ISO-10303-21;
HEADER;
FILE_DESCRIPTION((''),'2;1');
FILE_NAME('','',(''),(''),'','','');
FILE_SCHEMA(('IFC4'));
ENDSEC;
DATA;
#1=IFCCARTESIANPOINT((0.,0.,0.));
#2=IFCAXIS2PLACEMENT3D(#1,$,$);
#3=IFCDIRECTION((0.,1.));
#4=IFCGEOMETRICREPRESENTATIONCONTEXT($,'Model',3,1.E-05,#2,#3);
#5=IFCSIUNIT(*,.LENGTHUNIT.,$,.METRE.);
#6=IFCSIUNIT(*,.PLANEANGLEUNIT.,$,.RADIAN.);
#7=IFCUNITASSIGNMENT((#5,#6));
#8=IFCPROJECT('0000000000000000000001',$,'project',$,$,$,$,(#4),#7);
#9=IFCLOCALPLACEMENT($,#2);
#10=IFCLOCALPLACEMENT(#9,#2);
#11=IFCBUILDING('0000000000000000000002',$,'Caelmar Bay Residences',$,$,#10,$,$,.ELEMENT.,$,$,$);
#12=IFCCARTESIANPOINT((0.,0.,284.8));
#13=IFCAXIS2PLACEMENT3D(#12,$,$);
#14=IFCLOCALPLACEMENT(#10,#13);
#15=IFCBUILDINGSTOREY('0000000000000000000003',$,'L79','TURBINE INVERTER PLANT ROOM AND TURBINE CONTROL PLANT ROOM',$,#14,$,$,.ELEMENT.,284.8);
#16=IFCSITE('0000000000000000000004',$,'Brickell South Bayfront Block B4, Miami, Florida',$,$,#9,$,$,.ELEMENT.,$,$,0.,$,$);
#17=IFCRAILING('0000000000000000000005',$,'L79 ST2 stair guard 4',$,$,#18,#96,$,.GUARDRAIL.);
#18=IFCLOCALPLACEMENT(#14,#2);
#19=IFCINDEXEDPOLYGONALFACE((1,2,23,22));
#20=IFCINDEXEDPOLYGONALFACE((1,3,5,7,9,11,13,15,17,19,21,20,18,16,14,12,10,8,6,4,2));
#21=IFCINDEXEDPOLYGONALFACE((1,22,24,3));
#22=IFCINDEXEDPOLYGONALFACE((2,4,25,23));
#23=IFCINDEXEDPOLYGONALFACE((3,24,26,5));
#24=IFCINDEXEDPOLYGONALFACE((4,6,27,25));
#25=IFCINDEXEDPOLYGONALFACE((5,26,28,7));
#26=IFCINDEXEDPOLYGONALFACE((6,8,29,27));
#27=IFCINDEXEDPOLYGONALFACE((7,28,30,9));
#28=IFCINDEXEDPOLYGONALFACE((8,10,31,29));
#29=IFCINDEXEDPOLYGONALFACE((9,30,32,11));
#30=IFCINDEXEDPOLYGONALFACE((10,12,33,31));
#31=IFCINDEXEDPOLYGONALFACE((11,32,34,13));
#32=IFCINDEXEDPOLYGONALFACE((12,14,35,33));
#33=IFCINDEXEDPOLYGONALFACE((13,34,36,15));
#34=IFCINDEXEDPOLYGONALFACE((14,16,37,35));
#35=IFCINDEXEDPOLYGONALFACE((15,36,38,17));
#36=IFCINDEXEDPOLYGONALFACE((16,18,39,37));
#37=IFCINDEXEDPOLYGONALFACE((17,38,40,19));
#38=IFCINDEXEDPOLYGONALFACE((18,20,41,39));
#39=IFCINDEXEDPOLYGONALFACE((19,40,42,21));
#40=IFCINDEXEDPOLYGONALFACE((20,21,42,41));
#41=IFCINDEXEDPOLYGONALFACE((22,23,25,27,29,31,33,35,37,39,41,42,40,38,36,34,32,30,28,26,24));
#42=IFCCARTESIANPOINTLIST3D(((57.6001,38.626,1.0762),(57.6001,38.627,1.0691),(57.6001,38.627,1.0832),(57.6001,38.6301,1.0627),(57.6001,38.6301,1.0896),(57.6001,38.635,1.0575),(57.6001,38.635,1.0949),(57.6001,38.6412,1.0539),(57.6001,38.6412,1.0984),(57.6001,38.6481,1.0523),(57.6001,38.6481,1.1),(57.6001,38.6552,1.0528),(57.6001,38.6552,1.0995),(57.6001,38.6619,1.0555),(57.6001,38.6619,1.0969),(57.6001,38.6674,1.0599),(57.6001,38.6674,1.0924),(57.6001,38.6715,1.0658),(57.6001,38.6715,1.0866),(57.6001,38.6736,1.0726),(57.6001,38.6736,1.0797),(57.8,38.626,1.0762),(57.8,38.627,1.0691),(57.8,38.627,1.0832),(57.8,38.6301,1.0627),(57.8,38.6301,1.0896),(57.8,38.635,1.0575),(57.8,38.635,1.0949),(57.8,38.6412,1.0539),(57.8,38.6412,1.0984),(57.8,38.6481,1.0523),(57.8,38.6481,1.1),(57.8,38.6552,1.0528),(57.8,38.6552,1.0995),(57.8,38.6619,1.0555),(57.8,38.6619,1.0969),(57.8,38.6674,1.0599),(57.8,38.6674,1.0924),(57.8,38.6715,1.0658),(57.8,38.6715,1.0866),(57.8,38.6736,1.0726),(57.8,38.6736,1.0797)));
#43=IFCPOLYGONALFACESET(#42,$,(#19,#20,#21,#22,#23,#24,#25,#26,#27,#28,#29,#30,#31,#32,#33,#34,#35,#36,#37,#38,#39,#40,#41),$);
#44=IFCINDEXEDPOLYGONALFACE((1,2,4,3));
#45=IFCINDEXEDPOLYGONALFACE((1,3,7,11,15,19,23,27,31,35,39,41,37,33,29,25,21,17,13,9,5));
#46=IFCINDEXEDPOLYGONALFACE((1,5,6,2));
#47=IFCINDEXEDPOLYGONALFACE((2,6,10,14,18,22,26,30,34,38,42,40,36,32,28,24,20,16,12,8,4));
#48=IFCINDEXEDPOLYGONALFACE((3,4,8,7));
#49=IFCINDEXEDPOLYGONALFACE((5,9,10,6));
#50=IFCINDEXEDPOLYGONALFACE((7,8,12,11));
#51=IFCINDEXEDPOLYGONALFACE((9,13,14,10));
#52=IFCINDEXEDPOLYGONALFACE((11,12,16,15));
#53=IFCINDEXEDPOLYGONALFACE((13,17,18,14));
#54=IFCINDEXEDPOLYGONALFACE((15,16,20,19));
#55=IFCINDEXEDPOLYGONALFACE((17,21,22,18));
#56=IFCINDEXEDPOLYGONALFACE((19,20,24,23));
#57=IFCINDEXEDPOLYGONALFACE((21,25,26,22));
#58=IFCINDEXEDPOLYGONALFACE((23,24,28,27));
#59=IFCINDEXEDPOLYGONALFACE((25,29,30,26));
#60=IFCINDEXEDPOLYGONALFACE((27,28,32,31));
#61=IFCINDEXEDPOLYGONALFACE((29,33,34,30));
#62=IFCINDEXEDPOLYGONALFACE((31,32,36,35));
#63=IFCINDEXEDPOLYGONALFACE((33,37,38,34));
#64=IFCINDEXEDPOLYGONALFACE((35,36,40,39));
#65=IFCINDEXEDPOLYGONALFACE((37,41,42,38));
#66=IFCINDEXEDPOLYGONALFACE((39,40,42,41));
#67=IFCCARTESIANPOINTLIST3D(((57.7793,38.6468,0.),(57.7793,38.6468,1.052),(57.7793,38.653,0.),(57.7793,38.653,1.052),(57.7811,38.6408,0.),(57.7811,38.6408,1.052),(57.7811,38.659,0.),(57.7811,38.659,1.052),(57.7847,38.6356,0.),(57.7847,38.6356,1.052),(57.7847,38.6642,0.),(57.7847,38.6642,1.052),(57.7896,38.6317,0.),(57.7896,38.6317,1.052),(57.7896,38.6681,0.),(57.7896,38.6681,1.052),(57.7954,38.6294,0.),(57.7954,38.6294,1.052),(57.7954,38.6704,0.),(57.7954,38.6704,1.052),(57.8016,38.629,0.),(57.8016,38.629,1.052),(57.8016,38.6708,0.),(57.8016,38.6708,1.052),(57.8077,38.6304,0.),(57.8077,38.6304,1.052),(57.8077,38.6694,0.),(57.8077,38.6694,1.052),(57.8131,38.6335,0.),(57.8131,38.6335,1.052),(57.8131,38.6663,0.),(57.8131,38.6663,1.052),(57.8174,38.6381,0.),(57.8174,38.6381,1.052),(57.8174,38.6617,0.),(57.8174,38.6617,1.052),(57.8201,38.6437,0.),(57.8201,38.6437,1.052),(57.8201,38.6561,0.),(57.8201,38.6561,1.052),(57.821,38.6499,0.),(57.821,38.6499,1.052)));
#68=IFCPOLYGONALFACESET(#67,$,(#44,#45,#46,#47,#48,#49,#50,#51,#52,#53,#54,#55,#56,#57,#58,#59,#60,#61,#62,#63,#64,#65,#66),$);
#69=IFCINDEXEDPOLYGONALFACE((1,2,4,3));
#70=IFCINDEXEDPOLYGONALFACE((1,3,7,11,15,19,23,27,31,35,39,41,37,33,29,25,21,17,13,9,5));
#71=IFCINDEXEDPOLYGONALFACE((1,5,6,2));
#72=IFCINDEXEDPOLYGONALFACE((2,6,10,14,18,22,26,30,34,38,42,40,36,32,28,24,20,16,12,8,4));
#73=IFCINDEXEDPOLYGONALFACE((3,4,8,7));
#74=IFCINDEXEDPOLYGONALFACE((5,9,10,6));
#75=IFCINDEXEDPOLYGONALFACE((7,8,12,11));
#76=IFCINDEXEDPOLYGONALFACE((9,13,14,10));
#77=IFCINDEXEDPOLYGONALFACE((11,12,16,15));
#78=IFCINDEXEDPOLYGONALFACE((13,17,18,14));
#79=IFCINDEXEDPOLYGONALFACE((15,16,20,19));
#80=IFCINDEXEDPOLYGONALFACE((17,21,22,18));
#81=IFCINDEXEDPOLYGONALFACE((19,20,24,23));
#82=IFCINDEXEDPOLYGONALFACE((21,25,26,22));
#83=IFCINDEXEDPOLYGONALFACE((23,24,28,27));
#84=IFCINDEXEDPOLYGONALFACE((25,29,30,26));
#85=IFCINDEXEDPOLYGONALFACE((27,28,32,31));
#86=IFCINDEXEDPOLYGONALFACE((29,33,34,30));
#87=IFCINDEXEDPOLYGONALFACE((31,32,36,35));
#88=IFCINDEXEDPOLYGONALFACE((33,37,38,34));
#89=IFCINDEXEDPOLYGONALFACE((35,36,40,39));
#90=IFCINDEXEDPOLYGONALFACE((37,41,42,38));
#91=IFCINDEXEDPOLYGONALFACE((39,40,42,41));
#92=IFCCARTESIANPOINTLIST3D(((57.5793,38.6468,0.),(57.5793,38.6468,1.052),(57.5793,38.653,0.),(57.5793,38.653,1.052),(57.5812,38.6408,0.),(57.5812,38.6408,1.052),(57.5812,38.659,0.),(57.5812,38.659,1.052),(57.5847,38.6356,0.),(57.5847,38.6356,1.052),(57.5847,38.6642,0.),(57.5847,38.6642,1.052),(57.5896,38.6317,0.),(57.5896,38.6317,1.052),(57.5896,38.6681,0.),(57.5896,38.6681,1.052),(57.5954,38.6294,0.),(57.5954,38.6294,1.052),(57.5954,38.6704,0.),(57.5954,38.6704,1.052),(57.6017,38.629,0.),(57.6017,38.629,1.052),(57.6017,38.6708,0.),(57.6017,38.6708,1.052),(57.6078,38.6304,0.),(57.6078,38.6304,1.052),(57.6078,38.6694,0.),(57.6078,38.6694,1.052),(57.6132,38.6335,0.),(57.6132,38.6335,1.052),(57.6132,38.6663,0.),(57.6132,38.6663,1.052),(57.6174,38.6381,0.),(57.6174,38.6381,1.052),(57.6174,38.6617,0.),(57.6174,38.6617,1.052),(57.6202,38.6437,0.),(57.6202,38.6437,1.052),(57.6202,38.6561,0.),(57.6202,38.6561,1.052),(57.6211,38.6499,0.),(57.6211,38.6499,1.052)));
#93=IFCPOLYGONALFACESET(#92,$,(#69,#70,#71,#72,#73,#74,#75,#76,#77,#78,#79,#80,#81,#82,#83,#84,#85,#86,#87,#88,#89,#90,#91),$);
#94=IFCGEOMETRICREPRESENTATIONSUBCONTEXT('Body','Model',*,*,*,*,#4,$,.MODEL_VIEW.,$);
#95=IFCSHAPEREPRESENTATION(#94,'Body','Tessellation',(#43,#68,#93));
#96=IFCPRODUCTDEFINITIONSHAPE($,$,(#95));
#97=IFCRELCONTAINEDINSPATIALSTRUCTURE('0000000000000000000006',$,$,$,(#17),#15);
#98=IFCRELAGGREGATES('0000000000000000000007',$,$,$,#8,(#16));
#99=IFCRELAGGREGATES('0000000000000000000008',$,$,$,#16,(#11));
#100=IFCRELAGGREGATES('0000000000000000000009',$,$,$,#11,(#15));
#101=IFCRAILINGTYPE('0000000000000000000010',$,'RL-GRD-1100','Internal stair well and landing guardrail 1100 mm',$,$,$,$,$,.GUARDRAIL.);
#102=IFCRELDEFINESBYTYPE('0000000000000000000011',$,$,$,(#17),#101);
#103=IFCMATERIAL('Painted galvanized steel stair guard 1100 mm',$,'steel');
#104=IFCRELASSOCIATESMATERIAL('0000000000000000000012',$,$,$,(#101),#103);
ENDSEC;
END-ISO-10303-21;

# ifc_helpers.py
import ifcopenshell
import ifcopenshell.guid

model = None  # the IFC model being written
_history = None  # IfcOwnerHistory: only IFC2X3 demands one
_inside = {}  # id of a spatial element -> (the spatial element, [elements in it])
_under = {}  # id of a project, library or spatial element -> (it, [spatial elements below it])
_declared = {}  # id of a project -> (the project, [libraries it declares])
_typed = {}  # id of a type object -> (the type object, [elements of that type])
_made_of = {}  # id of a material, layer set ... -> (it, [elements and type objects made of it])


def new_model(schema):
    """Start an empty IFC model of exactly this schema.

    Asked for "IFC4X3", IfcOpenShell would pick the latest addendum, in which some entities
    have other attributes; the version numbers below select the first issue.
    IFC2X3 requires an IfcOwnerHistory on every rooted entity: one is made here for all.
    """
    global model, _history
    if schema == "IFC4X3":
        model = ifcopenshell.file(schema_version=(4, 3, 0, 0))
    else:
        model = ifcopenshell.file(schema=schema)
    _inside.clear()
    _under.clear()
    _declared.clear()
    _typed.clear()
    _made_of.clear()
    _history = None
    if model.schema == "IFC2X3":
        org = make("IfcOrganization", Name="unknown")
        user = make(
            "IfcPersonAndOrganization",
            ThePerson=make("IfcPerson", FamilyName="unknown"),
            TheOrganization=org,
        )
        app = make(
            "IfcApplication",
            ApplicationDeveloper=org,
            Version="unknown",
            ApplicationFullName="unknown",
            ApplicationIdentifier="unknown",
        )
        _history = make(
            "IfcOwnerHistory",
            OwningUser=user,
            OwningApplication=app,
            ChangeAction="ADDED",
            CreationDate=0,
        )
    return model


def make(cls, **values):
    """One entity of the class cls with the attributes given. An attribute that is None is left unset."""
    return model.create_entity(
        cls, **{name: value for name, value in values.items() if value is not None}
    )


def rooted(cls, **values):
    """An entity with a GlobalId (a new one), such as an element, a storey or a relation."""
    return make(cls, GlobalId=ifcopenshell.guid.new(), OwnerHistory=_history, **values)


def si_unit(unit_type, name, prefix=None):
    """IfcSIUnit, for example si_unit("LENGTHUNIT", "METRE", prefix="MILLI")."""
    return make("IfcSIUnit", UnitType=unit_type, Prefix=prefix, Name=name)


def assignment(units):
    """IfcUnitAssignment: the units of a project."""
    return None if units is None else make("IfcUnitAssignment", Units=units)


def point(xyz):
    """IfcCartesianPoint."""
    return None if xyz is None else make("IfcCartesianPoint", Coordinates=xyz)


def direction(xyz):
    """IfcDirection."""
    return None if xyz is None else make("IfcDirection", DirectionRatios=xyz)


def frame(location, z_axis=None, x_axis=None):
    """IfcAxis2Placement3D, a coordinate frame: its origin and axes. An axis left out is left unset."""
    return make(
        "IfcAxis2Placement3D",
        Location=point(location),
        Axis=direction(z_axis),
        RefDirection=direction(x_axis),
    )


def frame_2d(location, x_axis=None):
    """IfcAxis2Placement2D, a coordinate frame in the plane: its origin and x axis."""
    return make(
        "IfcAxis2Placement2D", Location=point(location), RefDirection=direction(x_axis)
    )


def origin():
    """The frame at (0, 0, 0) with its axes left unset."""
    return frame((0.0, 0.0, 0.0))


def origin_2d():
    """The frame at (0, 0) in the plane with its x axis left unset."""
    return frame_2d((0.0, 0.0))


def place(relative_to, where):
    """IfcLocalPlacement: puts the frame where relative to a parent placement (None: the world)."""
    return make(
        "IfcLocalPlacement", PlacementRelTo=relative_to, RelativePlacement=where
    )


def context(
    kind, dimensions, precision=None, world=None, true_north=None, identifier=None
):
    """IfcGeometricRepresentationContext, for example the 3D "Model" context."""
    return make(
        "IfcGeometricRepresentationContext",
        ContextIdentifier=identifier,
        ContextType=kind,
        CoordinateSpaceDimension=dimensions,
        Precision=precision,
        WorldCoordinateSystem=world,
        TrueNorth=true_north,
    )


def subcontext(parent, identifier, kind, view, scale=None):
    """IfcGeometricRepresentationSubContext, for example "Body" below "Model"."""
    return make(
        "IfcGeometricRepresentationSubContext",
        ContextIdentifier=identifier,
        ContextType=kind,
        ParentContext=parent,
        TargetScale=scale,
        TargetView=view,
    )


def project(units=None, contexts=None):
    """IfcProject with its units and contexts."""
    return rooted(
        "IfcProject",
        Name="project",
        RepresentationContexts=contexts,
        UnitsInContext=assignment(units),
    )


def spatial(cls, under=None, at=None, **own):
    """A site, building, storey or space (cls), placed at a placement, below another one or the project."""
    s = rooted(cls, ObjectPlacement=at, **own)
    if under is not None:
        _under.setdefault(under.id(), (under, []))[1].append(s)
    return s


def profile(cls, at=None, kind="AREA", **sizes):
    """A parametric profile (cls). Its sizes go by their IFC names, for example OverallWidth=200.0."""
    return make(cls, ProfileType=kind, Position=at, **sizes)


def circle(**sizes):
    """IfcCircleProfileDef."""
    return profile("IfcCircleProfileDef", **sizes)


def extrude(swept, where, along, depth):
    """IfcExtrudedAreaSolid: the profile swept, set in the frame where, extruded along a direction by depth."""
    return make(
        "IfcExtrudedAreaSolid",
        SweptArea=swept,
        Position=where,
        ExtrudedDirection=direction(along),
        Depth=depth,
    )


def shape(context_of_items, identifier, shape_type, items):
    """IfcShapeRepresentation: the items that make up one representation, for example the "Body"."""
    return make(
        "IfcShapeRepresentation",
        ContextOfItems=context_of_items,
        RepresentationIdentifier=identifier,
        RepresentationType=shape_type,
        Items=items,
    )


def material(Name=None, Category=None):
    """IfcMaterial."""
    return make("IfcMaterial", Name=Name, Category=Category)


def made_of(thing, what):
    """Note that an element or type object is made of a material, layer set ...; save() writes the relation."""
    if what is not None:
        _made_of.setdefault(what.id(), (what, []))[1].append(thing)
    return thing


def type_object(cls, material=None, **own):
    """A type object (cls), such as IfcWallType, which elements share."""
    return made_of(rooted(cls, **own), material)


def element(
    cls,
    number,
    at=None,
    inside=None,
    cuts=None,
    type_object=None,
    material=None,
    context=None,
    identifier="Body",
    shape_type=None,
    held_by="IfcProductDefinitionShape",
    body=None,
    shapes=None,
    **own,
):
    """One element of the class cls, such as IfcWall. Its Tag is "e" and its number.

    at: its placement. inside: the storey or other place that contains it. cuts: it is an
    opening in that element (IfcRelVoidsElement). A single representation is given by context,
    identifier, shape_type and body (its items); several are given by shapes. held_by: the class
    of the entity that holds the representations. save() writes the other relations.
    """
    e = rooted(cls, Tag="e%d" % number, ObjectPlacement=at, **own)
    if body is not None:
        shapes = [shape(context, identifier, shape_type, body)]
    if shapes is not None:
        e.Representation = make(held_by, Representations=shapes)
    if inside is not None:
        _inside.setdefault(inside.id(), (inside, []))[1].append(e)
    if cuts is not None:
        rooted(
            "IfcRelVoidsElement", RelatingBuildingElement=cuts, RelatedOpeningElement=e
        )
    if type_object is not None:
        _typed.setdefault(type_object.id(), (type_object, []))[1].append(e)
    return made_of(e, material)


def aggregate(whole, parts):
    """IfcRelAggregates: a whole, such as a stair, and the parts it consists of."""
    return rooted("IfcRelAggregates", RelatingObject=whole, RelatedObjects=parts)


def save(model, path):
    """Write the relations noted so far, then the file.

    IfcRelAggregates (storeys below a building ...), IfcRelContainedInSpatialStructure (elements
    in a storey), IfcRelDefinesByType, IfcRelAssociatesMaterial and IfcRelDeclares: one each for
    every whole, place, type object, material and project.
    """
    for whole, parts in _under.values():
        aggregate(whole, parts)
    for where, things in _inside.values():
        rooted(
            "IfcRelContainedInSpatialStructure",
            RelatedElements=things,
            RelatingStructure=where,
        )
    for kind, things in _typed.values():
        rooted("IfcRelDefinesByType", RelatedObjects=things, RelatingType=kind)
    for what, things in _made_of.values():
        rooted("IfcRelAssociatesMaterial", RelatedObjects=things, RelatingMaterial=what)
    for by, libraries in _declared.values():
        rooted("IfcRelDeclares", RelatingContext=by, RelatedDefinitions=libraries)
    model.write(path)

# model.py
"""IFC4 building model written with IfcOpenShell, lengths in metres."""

from ifc_helpers import new_model, si_unit, direction, frame, origin, origin_2d, place, context, subcontext, project, spatial, circle, extrude, material, type_object, element, save


model = new_model("IFC4")

# Units and contexts
model_context = context("Model", 3, precision=1e-05, world=origin(), true_north=direction((0.0, 1.0)))
body_context = subcontext(model_context, "Body", "Model", "MODEL_VIEW")
ifc_project = project(units=[si_unit("LENGTHUNIT", "METRE"), si_unit("PLANEANGLEUNIT", "RADIAN")], contexts=[model_context])

# Site, building, storey
site_placement = place(None, origin())
site = spatial("IfcSite", under=ifc_project, at=site_placement, Name="Brickell South Bayfront Block B4, Miami, Florida", CompositionType="ELEMENT", RefElevation=0.0)
building_placement = place(site_placement, origin())
building = spatial("IfcBuilding", under=site, at=building_placement, Name="Caelmar Bay Residences", CompositionType="ELEMENT")
storey_placement = place(building_placement, frame((0.0, 0.0, 284.8)))
storey = spatial("IfcBuildingStorey", under=building, at=storey_placement, Name="L79", Description="TURBINE INVERTER PLANT ROOM AND TURBINE CONTROL PLANT ROOM", CompositionType="ELEMENT", Elevation=284.8)

# Railing
ifc_material_1 = material(Name="Painted galvanized steel stair guard 1100 mm", Category="steel")
railing_type_1 = type_object("IfcRailingType", Name="RL-GRD-1100", Description="Internal stair well and landing guardrail 1100 mm", PredefinedType="GUARDRAIL", material=ifc_material_1)
railing_1_placement = place(storey_placement, frame((57.8, 38.6499, 0.0)))
element("IfcRailing", 1, at=railing_1_placement, inside=storey, type_object=railing_type_1, Name="L79 ST2 stair guard 4", PredefinedType="GUARDRAIL", context=body_context, shape_type="SweptSolid", body=[
    extrude(circle(Radius=0.0239, at=origin_2d()), frame((0.0, 0.0, 1.0762), z_axis=(-1.0, 0.0, 0.0), x_axis=(0.0, -1.0, 0.0)), (0.0, 0.0, 1.0), 0.2),
    extrude(circle(Radius=0.021, at=origin_2d()), origin(), (0.0, 0.0, 1.0), 1.052),
    extrude(circle(Radius=0.021, at=origin_2d()), frame((-0.2, 0.0, 0.0)), (0.0, 0.0, 1.0), 1.052),
])

save(model, "model.ifc")
